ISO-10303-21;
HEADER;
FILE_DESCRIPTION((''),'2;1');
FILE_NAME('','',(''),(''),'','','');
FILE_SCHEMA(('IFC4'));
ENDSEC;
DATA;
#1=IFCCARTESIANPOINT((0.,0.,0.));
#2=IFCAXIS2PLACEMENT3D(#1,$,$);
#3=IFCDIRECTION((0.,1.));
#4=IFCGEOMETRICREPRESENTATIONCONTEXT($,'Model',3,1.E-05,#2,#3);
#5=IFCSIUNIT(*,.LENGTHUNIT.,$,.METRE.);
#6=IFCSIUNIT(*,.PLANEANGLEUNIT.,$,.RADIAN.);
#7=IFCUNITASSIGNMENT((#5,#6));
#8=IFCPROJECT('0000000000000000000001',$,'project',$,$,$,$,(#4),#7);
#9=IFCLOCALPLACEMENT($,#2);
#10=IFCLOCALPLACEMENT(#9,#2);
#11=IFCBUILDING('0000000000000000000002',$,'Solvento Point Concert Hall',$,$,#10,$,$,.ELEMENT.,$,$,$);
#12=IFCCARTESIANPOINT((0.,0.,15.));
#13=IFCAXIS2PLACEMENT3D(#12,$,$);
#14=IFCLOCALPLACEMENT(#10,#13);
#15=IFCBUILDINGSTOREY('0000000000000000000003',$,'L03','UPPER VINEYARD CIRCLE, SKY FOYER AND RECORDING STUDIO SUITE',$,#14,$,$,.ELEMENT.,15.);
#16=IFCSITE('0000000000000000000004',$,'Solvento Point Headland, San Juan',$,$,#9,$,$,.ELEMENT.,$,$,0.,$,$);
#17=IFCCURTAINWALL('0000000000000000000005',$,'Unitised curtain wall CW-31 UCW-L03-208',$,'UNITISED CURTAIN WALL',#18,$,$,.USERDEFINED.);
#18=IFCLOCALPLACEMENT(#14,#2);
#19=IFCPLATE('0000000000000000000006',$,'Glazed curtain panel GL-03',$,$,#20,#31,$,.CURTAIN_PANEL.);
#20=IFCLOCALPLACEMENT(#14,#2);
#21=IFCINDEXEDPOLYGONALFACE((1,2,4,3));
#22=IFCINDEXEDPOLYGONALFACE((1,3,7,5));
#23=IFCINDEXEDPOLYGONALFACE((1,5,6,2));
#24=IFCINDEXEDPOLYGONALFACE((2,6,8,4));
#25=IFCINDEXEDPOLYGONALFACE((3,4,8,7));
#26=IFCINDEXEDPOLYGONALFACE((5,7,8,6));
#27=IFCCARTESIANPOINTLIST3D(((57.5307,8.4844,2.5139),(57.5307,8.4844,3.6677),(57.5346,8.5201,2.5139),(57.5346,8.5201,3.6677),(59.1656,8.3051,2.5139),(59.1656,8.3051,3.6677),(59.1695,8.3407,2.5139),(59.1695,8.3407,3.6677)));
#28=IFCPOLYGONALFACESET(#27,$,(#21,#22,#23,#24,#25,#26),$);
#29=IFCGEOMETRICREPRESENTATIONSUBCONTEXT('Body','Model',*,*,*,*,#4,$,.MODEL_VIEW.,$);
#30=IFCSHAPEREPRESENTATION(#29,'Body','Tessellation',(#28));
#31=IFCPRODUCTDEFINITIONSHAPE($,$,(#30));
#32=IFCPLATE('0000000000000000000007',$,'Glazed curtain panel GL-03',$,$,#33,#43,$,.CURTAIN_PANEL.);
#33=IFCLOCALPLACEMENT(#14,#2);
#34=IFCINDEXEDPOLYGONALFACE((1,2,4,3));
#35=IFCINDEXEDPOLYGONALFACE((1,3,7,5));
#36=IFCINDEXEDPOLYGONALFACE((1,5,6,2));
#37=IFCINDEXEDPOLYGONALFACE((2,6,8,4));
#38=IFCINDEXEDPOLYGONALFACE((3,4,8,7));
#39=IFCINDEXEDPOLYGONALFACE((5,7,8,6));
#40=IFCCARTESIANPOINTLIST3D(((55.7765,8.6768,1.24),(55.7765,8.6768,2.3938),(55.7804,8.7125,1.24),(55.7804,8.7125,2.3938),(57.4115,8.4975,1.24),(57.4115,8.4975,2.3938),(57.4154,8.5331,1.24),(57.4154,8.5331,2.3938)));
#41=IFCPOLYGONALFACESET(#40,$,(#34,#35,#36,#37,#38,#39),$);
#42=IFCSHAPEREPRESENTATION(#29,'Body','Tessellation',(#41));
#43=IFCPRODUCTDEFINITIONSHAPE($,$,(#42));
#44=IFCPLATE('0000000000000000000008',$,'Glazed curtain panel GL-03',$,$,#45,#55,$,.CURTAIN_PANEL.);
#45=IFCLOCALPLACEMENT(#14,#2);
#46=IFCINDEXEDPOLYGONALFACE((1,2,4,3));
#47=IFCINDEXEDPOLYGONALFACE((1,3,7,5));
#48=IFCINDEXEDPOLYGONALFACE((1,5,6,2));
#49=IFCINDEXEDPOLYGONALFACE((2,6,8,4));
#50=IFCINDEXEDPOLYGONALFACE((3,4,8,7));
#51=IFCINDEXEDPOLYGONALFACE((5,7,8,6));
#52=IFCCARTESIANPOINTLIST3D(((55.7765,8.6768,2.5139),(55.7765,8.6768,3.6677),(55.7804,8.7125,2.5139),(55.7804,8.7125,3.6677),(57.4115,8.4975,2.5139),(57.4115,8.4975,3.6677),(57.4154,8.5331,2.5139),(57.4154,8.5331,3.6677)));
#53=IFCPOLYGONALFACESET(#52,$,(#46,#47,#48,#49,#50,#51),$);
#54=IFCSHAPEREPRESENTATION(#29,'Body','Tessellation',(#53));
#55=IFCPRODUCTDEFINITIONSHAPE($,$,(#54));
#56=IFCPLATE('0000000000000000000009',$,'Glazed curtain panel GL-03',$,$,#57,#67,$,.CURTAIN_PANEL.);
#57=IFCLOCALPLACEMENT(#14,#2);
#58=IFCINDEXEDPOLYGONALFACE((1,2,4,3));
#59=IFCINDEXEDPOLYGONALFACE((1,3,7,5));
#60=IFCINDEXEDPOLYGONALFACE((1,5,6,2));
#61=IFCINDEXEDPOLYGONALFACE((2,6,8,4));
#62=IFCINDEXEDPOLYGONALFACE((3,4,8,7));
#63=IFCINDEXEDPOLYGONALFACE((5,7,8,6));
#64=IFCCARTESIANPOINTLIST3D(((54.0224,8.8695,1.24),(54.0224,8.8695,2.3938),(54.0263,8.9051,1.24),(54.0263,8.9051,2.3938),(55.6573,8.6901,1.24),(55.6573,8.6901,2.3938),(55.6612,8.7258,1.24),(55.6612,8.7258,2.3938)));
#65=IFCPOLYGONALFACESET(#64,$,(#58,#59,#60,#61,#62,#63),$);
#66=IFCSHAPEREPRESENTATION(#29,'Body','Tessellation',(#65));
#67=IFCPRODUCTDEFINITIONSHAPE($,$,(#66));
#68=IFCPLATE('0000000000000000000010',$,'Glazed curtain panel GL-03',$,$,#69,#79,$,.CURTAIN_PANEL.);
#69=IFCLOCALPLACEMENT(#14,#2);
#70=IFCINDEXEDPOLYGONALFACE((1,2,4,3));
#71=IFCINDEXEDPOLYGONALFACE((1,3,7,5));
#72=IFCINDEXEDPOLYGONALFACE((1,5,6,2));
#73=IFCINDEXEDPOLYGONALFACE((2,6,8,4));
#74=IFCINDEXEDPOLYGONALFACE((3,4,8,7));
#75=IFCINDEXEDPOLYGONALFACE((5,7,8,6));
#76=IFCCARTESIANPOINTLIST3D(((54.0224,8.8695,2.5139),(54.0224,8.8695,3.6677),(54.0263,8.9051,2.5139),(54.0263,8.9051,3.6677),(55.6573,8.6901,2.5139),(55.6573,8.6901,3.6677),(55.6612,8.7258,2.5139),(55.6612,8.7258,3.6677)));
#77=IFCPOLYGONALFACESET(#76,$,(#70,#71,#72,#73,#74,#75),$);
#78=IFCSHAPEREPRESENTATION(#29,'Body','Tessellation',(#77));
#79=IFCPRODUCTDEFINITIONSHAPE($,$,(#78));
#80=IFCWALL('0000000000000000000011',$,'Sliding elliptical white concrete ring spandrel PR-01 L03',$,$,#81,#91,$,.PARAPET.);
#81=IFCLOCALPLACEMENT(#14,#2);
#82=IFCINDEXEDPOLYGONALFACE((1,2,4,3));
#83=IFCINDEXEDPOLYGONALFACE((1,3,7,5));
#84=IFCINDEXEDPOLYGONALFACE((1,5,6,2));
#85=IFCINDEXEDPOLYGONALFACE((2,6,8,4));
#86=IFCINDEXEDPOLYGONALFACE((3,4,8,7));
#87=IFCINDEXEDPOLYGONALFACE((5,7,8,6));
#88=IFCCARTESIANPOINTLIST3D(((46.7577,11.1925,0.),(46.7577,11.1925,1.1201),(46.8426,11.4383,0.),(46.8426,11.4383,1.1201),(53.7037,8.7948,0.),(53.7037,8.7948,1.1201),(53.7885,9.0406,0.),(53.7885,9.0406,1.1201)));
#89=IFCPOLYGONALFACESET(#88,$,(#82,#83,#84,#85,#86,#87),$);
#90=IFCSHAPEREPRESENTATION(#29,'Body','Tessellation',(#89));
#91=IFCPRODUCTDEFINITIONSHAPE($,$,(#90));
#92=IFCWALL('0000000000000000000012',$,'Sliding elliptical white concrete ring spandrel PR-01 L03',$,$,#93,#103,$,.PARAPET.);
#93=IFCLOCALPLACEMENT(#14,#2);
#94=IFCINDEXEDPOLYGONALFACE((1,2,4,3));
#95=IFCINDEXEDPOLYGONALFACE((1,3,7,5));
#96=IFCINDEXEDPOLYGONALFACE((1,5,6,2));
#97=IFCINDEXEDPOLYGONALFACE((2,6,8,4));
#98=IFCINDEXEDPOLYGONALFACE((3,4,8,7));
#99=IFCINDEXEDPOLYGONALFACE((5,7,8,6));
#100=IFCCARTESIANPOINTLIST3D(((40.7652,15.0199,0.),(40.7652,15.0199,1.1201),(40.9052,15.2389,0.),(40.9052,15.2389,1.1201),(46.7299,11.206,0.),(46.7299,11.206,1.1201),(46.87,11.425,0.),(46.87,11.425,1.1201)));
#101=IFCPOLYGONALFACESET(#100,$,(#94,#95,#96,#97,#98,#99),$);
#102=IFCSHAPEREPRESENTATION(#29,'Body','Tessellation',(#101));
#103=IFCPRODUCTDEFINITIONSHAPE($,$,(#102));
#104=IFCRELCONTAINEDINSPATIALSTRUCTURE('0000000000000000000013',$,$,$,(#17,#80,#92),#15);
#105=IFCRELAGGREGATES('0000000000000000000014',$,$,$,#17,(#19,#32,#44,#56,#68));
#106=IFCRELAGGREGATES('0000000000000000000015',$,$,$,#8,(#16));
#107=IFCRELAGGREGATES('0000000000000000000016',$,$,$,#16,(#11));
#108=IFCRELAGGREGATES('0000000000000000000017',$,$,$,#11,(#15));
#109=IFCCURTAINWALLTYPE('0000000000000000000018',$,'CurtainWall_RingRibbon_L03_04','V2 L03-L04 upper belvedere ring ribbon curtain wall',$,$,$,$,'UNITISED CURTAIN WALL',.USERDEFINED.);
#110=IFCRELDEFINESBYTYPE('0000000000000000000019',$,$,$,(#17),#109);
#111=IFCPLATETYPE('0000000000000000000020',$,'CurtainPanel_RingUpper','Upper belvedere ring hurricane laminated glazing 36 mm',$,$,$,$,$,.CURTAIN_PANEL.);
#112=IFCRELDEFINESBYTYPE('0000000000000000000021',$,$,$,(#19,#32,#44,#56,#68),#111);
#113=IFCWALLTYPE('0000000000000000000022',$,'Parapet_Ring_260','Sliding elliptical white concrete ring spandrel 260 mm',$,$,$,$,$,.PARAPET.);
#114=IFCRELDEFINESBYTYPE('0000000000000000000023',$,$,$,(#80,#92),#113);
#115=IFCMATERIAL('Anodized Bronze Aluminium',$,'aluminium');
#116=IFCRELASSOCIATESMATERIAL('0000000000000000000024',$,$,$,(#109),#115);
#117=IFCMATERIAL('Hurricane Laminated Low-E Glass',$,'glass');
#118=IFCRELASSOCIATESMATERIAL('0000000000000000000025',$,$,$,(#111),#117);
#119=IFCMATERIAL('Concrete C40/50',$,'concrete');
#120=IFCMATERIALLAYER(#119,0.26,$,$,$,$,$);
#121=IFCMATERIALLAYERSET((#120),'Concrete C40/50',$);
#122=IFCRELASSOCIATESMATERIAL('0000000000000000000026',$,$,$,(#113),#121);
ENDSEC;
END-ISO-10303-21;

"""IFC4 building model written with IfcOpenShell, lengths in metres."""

from ifc_helpers import new_model, si_unit, direction, frame, frame_2d, origin, origin_2d, place, context, subcontext, project, spatial, rectangle, extrude, material, layer, layer_set, type_object, element, aggregate, save


model = new_model("IFC4")

# Units and contexts
model_context = context("Model", 3, precision=1e-05, world=origin(), true_north=direction((0.0, 1.0)))
body_context = subcontext(model_context, "Body", "Model", "MODEL_VIEW")
ifc_project = project(units=[si_unit("LENGTHUNIT", "METRE"), si_unit("PLANEANGLEUNIT", "RADIAN")], contexts=[model_context])

# Site, building, storey
site_placement = place(None, origin())
site = spatial("IfcSite", under=ifc_project, at=site_placement, Name="Solvento Point Headland, San Juan", CompositionType="ELEMENT", RefElevation=0.0)
building_placement = place(site_placement, origin())
building = spatial("IfcBuilding", under=site, at=building_placement, Name="Solvento Point Concert Hall", CompositionType="ELEMENT")
storey_placement = place(building_placement, frame((0.0, 0.0, 15.0)))
storey = spatial("IfcBuildingStorey", under=building, at=storey_placement, Name="L03", Description="UPPER VINEYARD CIRCLE, SKY FOYER AND RECORDING STUDIO SUITE", CompositionType="ELEMENT", Elevation=15.0)

# Shared definitions
ifc_material_1 = material(Name="Anodized Bronze Aluminium", Category="aluminium")
curtain_wall_type = type_object("IfcCurtainWallType", Name="CurtainWall_RingRibbon_L03_04", Description="V2 L03-L04 upper belvedere ring ribbon curtain wall", ElementType="UNITISED CURTAIN WALL", PredefinedType="USERDEFINED", material=ifc_material_1)

# Curtain wall
curtain_wall_1_placement = place(storey_placement, origin())
curtain_wall_1 = element("IfcCurtainWall", 1, at=curtain_wall_1_placement, inside=storey, type_object=curtain_wall_type, Name="Unitised curtain wall CW-31 UCW-L03-208", ObjectType="UNITISED CURTAIN WALL", PredefinedType="USERDEFINED")

# Plates
ifc_material_2 = material(Name="Hurricane Laminated Low-E Glass", Category="glass")
plate_type = type_object("IfcPlateType", Name="CurtainPanel_RingUpper", Description="Upper belvedere ring hurricane laminated glazing 36 mm", PredefinedType="CURTAIN_PANEL", material=ifc_material_2)
plate_1_placement = place(storey_placement, frame((58.3501, 8.4126, 2.5139), z_axis=(0.0, 0.0, 1.0), x_axis=(-0.994035, 0.109058, 0.0)))
plate_1 = element("IfcPlate", 2, at=plate_1_placement, type_object=plate_type, Name="Glazed curtain panel GL-03", PredefinedType="CURTAIN_PANEL", context=body_context, shape_type="SweptSolid", body=[
    extrude(rectangle(XDim=1.6448, YDim=0.0359, at=origin_2d()), origin(), (0.0, 0.0, 1.0), 1.1538),
])
plate_2_placement = place(storey_placement, frame((56.5959, 8.605, 1.24), z_axis=(0.0, 0.0, 1.0), x_axis=(-0.994035, 0.109058, 0.0)))
plate_2 = element("IfcPlate", 3, at=plate_2_placement, type_object=plate_type, Name="Glazed curtain panel GL-03", PredefinedType="CURTAIN_PANEL", context=body_context, shape_type="SweptSolid", body=[
    extrude(rectangle(XDim=1.6448, YDim=0.0359, at=origin_2d()), origin(), (0.0, 0.0, 1.0), 1.1538),
])
plate_3_placement = place(storey_placement, frame((56.5959, 8.605, 2.5139), z_axis=(0.0, 0.0, 1.0), x_axis=(-0.994035, 0.109058, 0.0)))
plate_3 = element("IfcPlate", 4, at=plate_3_placement, type_object=plate_type, Name="Glazed curtain panel GL-03", PredefinedType="CURTAIN_PANEL", context=body_context, shape_type="SweptSolid", body=[
    extrude(rectangle(XDim=1.6448, YDim=0.0359, at=origin_2d()), origin(), (0.0, 0.0, 1.0), 1.1538),
])
plate_4_placement = place(storey_placement, frame((54.8418, 8.7976, 1.24), z_axis=(0.0, 0.0, 1.0), x_axis=(-0.994035, 0.109058, 0.0)))
plate_4 = element("IfcPlate", 5, at=plate_4_placement, type_object=plate_type, Name="Glazed curtain panel GL-03", PredefinedType="CURTAIN_PANEL", context=body_context, shape_type="SweptSolid", body=[
    extrude(rectangle(XDim=1.6448, YDim=0.0359, at=origin_2d()), origin(), (0.0, 0.0, 1.0), 1.1538),
])
plate_5_placement = place(storey_placement, frame((54.8418, 8.7976, 2.5139), z_axis=(0.0, 0.0, 1.0), x_axis=(-0.994035, 0.109058, 0.0)))
plate_5 = element("IfcPlate", 6, at=plate_5_placement, type_object=plate_type, Name="Glazed curtain panel GL-03", PredefinedType="CURTAIN_PANEL", context=body_context, shape_type="SweptSolid", body=[
    extrude(rectangle(XDim=1.6448, YDim=0.0359, at=origin_2d()), origin(), (0.0, 0.0, 1.0), 1.1538),
])
aggregate(curtain_wall_1, [plate_1, plate_2, plate_3, plate_4, plate_5])

# Walls
ifc_material_3 = material(Name="Concrete C40/50", Category="concrete")
ifc_layer = layer(ifc_material_3, 0.26)
ifc_layer_set = layer_set([ifc_layer], Name="Concrete C40/50")
wall_type = type_object("IfcWallType", Name="Parapet_Ring_260", Description="Sliding elliptical white concrete ring spandrel 260 mm", PredefinedType="PARAPET", material=ifc_layer_set)
wall_1_placement = place(storey_placement, frame((53.7461, 8.9177, 0.0), z_axis=(0.0, 0.0, 1.0), x_axis=(-0.945267, 0.326297, 0.0)))
element("IfcWall", 7, at=wall_1_placement, inside=storey, type_object=wall_type, Name="Sliding elliptical white concrete ring spandrel PR-01 L03", PredefinedType="PARAPET", context=body_context, shape_type="SweptSolid", body=[
    extrude(rectangle(XDim=7.3481, YDim=0.26, at=frame_2d((3.6741, 0.0))), origin(), (0.0, 0.0, 1.0), 1.1201),
])
wall_2_placement = place(storey_placement, frame((46.8, 11.3154, 0.0), z_axis=(0.0, 0.0, 1.0), x_axis=(-0.842498, 0.538699, 0.0)))
element("IfcWall", 8, at=wall_2_placement, inside=storey, type_object=wall_type, Name="Sliding elliptical white concrete ring spandrel PR-01 L03", PredefinedType="PARAPET", context=body_context, shape_type="SweptSolid", body=[
    extrude(rectangle(XDim=7.0798, YDim=0.26, at=frame_2d((3.54, 0.0))), origin(), (0.0, 0.0, 1.0), 1.1201),
])

save(model, "model.ifc")
